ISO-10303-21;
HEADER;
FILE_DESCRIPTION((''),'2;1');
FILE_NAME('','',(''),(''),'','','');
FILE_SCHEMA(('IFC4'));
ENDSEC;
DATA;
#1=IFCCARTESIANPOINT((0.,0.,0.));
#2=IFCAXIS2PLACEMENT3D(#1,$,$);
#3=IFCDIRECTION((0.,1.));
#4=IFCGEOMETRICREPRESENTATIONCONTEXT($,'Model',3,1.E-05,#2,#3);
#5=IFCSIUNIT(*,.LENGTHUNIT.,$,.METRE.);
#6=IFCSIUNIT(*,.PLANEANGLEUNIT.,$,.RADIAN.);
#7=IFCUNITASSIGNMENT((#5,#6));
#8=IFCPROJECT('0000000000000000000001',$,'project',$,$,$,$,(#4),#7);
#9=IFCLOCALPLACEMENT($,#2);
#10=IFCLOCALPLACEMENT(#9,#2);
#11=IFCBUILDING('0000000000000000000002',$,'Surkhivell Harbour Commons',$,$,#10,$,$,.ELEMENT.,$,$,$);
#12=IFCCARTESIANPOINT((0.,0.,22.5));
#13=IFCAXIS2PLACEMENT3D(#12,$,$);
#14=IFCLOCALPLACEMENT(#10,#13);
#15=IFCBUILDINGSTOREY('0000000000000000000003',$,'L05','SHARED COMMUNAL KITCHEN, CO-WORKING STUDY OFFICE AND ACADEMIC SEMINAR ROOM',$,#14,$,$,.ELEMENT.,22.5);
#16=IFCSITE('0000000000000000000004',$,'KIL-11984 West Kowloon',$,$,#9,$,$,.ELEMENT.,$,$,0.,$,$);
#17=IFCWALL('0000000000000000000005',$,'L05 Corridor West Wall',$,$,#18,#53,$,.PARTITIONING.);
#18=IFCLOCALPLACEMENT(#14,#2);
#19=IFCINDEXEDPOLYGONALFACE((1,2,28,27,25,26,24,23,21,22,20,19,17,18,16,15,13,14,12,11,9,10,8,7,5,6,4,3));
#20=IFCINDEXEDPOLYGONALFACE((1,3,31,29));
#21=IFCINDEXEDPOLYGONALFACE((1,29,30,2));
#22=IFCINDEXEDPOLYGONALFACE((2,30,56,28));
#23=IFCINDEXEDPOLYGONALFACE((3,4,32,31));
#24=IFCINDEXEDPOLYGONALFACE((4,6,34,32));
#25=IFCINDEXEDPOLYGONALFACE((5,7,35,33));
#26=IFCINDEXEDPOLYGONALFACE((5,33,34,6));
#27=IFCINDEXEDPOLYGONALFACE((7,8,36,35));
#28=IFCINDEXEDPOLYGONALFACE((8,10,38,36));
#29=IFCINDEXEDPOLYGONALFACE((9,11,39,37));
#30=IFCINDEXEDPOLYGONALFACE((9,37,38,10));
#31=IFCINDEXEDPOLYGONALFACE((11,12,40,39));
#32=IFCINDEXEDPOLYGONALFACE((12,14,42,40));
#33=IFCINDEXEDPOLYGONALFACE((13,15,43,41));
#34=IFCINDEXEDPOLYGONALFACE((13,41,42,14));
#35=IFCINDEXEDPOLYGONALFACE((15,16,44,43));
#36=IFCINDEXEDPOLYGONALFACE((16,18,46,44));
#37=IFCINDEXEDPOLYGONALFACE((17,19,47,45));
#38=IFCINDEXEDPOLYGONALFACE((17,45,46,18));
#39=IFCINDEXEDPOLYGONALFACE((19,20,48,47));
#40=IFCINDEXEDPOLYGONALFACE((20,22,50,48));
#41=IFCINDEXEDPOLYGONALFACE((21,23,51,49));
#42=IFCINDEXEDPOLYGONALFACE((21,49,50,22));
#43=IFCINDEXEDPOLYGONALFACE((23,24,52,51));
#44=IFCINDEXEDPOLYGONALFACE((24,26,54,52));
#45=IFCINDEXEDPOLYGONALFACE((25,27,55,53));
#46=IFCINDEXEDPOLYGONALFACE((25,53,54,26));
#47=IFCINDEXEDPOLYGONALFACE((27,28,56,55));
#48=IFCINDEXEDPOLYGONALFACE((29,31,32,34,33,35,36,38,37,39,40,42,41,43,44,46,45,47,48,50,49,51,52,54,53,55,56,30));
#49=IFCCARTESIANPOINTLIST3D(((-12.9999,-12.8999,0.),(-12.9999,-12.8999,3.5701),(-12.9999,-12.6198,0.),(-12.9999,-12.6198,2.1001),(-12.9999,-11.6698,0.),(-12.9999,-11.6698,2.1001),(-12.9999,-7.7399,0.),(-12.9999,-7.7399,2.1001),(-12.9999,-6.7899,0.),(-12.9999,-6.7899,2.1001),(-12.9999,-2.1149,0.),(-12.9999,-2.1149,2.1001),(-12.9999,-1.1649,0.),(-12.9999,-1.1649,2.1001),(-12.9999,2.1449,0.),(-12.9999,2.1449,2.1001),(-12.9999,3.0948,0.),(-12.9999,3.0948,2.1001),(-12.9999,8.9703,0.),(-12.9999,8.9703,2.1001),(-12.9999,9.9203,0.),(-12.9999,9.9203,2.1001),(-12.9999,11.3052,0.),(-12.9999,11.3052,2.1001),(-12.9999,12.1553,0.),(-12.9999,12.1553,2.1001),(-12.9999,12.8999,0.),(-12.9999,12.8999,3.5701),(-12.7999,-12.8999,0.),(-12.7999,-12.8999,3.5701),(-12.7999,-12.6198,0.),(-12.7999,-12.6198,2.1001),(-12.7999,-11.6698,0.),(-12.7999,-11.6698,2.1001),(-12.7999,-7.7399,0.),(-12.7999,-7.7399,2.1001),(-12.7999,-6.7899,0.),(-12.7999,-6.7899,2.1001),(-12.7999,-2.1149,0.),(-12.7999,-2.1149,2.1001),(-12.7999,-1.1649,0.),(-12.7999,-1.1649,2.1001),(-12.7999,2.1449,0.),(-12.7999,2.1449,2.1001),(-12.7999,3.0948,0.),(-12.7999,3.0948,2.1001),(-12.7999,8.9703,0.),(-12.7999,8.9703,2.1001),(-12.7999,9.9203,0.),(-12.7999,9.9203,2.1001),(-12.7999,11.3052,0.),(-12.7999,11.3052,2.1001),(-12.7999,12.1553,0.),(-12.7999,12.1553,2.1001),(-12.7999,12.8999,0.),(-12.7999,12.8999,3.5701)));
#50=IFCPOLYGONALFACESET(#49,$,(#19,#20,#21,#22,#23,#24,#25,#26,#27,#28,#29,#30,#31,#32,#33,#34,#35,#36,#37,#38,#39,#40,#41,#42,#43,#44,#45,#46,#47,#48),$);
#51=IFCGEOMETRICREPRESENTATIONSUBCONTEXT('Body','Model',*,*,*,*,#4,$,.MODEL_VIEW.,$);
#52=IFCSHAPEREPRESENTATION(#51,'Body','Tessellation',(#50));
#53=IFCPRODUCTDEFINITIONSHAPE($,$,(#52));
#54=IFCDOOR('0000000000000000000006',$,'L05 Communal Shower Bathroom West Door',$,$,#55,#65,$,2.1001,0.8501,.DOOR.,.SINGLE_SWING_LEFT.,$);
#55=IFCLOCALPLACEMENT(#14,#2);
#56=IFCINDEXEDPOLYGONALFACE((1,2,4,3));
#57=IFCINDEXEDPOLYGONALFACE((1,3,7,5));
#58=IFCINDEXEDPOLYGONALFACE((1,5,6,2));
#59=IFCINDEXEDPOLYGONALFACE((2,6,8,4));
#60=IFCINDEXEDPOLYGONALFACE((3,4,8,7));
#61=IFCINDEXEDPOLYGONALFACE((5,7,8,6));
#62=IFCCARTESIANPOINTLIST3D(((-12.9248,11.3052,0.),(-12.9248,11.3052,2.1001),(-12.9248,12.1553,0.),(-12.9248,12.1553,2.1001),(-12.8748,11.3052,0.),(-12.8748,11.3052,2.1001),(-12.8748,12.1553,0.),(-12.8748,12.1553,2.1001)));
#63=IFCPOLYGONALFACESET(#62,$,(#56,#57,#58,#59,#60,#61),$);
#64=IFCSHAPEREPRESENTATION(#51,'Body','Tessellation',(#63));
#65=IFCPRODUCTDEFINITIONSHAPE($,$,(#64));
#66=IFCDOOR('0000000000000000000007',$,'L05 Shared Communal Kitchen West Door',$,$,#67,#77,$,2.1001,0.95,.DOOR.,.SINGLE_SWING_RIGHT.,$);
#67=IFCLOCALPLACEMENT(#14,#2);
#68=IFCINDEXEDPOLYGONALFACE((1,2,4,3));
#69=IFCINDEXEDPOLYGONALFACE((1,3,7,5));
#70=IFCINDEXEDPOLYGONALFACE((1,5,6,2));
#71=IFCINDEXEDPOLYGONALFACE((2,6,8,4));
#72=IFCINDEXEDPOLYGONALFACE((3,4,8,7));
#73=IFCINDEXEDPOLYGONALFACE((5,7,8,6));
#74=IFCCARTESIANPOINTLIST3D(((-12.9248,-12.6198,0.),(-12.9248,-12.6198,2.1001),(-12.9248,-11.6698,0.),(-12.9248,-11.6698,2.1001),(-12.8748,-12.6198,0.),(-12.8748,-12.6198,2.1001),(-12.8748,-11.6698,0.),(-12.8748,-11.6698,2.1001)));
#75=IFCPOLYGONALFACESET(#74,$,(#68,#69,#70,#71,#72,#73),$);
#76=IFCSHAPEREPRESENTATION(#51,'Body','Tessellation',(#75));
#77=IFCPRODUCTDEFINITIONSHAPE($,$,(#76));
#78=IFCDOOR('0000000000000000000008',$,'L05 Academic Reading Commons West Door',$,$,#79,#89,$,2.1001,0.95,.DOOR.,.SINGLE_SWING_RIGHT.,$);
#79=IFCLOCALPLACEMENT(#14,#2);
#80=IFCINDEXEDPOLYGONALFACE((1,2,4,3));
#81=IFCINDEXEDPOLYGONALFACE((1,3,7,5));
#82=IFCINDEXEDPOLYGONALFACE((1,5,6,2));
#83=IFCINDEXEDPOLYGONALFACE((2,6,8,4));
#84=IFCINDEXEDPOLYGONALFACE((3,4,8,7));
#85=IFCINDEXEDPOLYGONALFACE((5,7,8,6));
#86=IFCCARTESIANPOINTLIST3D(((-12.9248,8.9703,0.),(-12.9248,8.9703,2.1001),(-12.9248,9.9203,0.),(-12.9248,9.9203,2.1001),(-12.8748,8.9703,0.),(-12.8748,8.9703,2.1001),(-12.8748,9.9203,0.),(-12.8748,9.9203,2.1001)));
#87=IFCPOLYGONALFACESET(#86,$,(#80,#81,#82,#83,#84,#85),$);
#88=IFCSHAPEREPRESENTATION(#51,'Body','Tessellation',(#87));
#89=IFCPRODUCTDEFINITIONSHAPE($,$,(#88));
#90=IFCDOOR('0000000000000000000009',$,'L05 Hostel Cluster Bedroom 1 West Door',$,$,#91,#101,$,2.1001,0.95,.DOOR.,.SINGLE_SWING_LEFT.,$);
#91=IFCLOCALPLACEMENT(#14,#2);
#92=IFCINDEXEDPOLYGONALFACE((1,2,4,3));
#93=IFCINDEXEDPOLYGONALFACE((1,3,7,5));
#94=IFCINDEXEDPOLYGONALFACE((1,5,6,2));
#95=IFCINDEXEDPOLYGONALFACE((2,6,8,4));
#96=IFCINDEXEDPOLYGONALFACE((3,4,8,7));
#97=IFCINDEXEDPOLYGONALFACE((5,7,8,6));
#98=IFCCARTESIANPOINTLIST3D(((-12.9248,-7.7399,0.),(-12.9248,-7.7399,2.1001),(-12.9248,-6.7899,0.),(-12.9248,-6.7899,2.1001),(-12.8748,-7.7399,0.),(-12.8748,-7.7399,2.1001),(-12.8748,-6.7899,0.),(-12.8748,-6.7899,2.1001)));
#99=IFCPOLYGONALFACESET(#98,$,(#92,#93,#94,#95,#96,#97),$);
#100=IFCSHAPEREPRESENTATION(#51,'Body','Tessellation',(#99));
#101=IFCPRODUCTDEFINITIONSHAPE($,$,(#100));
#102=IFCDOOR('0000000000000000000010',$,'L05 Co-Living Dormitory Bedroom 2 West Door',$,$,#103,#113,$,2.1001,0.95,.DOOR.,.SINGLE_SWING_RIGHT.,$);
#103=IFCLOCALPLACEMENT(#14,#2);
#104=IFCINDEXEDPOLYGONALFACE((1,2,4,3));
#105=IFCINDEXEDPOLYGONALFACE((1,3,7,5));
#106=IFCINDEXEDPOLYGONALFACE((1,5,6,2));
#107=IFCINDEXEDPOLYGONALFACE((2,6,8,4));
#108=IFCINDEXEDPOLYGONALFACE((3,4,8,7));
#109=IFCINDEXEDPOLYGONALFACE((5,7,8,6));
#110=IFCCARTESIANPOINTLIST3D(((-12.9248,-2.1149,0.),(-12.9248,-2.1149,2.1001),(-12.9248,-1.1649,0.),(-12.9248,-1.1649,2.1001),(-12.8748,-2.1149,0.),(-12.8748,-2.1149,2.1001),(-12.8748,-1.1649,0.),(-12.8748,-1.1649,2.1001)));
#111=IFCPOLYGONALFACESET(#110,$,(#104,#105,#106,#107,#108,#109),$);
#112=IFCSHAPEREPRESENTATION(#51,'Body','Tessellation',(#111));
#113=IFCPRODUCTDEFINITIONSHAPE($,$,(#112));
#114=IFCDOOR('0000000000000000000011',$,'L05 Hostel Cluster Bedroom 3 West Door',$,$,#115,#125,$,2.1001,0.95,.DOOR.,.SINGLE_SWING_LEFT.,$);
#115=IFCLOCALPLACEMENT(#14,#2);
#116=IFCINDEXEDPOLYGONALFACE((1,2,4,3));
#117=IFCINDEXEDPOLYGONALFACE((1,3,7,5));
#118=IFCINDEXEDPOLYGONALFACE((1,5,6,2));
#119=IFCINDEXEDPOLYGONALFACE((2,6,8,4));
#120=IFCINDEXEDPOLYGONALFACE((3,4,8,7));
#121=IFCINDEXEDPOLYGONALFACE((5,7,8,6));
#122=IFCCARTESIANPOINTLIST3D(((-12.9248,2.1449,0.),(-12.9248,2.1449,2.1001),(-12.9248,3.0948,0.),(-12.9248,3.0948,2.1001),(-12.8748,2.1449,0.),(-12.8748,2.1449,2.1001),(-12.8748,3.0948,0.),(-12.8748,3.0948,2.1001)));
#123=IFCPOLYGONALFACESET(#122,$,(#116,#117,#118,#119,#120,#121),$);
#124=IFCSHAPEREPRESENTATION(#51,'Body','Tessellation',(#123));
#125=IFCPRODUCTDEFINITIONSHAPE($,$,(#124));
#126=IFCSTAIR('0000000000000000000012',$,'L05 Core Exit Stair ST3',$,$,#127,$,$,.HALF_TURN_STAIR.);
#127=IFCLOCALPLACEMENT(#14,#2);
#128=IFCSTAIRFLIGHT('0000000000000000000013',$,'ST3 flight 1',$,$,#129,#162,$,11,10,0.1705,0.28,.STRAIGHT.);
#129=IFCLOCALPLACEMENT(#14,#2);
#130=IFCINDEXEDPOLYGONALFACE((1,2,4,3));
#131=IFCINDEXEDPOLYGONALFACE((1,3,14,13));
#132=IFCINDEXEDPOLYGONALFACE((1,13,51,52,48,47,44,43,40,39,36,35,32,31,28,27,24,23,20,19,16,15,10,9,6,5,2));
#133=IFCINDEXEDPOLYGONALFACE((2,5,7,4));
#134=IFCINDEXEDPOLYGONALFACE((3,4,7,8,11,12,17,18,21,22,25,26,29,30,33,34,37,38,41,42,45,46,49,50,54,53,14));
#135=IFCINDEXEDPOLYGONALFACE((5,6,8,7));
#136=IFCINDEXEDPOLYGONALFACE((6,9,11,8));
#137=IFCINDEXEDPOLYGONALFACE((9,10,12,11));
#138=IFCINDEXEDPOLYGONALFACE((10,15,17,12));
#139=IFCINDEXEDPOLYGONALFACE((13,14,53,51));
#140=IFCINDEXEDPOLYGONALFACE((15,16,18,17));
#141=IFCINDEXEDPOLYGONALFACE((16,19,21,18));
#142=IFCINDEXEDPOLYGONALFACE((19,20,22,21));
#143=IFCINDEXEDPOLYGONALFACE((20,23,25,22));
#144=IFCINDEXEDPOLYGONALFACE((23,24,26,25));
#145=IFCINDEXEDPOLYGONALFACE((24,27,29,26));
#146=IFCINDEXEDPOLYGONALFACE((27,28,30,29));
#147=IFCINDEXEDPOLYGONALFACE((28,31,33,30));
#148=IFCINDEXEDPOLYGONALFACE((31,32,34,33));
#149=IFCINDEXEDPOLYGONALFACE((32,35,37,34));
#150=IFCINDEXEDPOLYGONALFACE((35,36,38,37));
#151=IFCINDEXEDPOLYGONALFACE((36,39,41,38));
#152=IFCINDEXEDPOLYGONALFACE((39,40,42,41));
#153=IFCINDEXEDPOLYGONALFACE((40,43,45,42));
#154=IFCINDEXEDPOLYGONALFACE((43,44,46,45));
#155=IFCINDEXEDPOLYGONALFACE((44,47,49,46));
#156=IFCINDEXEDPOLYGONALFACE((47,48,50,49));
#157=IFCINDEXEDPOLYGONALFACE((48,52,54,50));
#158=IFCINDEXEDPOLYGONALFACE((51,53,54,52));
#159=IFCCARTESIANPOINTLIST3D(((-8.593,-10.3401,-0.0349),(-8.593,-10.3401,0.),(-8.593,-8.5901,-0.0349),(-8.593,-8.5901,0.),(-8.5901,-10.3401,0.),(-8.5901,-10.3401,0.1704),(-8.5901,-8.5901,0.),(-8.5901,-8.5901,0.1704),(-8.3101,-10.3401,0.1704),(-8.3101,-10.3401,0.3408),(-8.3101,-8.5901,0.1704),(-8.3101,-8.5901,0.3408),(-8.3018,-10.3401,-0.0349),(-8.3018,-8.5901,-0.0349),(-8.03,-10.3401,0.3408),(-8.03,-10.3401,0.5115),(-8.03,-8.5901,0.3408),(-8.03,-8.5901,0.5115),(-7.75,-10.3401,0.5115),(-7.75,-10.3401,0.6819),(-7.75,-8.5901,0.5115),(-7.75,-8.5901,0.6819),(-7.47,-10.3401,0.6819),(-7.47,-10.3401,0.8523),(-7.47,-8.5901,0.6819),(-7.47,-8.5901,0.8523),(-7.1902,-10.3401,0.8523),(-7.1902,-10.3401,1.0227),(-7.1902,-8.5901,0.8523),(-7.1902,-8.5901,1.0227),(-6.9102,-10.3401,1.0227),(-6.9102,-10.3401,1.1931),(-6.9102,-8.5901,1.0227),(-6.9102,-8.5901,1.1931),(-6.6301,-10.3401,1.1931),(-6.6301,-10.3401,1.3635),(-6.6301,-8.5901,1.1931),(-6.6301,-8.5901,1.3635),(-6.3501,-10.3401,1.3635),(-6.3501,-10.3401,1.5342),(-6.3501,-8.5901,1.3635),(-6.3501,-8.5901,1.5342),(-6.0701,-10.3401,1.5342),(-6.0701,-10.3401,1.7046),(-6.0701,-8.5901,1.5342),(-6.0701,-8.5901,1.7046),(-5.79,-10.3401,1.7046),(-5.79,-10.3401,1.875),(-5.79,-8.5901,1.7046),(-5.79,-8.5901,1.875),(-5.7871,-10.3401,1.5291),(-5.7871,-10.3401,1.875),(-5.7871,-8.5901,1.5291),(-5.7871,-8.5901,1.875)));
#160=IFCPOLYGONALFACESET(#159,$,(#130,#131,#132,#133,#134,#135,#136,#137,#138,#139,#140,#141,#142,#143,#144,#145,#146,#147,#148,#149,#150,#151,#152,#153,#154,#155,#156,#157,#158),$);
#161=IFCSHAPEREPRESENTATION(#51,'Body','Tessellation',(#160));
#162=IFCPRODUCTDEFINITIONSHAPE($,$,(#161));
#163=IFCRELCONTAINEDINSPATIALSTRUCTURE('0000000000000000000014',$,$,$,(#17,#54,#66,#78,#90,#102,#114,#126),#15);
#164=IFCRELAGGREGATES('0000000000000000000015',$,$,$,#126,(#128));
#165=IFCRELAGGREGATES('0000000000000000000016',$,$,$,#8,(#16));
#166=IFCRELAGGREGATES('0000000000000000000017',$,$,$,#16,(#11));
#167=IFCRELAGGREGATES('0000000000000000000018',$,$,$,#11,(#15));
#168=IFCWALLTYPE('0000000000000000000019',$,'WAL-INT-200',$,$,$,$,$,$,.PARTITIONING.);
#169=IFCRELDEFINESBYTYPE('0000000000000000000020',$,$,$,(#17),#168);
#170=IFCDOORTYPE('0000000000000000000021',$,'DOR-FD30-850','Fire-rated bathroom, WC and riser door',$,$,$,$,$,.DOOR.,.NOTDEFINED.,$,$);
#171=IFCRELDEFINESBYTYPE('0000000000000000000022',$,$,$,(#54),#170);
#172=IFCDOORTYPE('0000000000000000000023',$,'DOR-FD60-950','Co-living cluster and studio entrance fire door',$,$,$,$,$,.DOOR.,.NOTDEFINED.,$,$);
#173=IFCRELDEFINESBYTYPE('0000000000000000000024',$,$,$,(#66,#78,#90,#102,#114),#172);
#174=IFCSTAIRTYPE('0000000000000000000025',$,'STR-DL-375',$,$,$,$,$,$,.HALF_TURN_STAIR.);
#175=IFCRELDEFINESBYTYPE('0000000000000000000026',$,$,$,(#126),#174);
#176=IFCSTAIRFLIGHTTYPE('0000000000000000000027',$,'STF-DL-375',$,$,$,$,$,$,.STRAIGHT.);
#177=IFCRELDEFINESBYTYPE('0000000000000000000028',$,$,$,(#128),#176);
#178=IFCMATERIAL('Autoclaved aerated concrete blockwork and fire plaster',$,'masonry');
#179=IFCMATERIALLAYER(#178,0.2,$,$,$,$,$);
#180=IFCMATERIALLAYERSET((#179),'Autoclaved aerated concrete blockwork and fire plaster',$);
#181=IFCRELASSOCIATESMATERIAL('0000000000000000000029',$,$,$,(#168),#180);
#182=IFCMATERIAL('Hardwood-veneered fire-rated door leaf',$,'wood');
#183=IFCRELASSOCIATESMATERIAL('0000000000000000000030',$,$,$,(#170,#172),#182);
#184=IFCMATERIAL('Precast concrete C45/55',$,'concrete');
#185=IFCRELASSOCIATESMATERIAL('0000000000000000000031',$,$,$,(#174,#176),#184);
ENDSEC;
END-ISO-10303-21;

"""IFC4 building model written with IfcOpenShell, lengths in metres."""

from ifc_helpers import new_model, si_unit, direction, frame, frame_2d, origin, place, context, subcontext, project, spatial, polyline, rectangle, outline, extrude, material, layer, layer_set, type_object, element, fill, aggregate, save


model = new_model("IFC4")

# Units and contexts
model_context = context("Model", 3, precision=1e-05, world=origin(), true_north=direction((0.0, 1.0)))
body_context = subcontext(model_context, "Body", "Model", "MODEL_VIEW")
ifc_project = project(units=[si_unit("LENGTHUNIT", "METRE"), si_unit("PLANEANGLEUNIT", "RADIAN")], contexts=[model_context])

# Site, building, storey
site_placement = place(None, origin())
site = spatial("IfcSite", under=ifc_project, at=site_placement, Name="KIL-11984 West Kowloon", CompositionType="ELEMENT", RefElevation=0.0)
building_placement = place(site_placement, origin())
building = spatial("IfcBuilding", under=site, at=building_placement, Name="Surkhivell Harbour Commons", CompositionType="ELEMENT")
storey_placement = place(building_placement, frame((0.0, 0.0, 22.5)))
storey = spatial("IfcBuildingStorey", under=building, at=storey_placement, Name="L05", Description="SHARED COMMUNAL KITCHEN, CO-WORKING STUDY OFFICE AND ACADEMIC SEMINAR ROOM", CompositionType="ELEMENT", Elevation=22.5)

# Wall, openings, doors
ifc_material_1 = material(Name="Autoclaved aerated concrete blockwork and fire plaster", Category="masonry")
ifc_layer_1 = layer(ifc_material_1, 0.2)
ifc_layer_set_1 = layer_set([ifc_layer_1], Name="Autoclaved aerated concrete blockwork and fire plaster")
wall_type_1 = type_object("IfcWallType", Name="WAL-INT-200", PredefinedType="PARTITIONING", material=ifc_layer_set_1)
ifc_material_2 = material(Name="Hardwood-veneered fire-rated door leaf", Category="wood")
door_type_1 = type_object("IfcDoorType", Name="DOR-FD30-850", Description="Fire-rated bathroom, WC and riser door", OperationType="NOTDEFINED", PredefinedType="DOOR", material=ifc_material_2)
wall_1_placement = place(storey_placement, frame((-12.8999, -12.8999, 0.0), z_axis=(0.0, 0.0, 1.0), x_axis=(0.0, 1.0, 0.0)))
wall_1 = element("IfcWall", 1, at=wall_1_placement, inside=storey, type_object=wall_type_1, Name="L05 Corridor West Wall", PredefinedType="PARTITIONING", context=body_context, shape_type="SweptSolid", body=[
    extrude(rectangle(XDim=25.7998, YDim=0.2, at=frame_2d((12.8999, 0.0))), origin(), (0.0, 0.0, 1.0), 3.5701),
])
opening_1_placement = place(wall_1_placement, frame((0.28, 0.0, 0.0)))
opening_1 = element("IfcOpeningElement", 2, at=opening_1_placement, cuts=wall_1, PredefinedType="OPENING", context=body_context, shape_type="SweptSolid", body=[
    extrude(rectangle(XDim=0.95, YDim=2.1001, at=frame_2d((0.4751, 1.05))), frame((0.0, 0.1099, 0.0), z_axis=(0.0, -1.0, 0.0), x_axis=(1.0, 0.0, 0.0)), (0.0, 0.0, 1.0), 0.22),
])
opening_2_placement = place(wall_1_placement, frame((24.2051, 0.0, 0.0)))
opening_2 = element("IfcOpeningElement", 3, at=opening_2_placement, cuts=wall_1, PredefinedType="OPENING", context=body_context, shape_type="SweptSolid", body=[
    extrude(rectangle(XDim=0.8501, YDim=2.1001, at=frame_2d((0.425, 1.05))), frame((0.0, 0.1099, 0.0), z_axis=(0.0, -1.0, 0.0), x_axis=(1.0, 0.0, 0.0)), (0.0, 0.0, 1.0), 0.22),
])
opening_3_placement = place(wall_1_placement, frame((21.8701, 0.0, 0.0)))
opening_3 = element("IfcOpeningElement", 4, at=opening_3_placement, cuts=wall_1, PredefinedType="OPENING", context=body_context, shape_type="SweptSolid", body=[
    extrude(rectangle(XDim=0.95, YDim=2.1001, at=frame_2d((0.4751, 1.05))), frame((0.0, 0.1099, 0.0), z_axis=(0.0, -1.0, 0.0), x_axis=(1.0, 0.0, 0.0)), (0.0, 0.0, 1.0), 0.22),
])
opening_4_placement = place(wall_1_placement, frame((5.1599, 0.0, 0.0)))
opening_4 = element("IfcOpeningElement", 5, at=opening_4_placement, cuts=wall_1, PredefinedType="OPENING", context=body_context, shape_type="SweptSolid", body=[
    extrude(rectangle(XDim=0.95, YDim=2.1001, at=frame_2d((0.4751, 1.05))), frame((0.0, 0.1099, 0.0), z_axis=(0.0, -1.0, 0.0), x_axis=(1.0, 0.0, 0.0)), (0.0, 0.0, 1.0), 0.22),
])
opening_5_placement = place(wall_1_placement, frame((10.7849, 0.0, 0.0)))
opening_5 = element("IfcOpeningElement", 6, at=opening_5_placement, cuts=wall_1, PredefinedType="OPENING", context=body_context, shape_type="SweptSolid", body=[
    extrude(rectangle(XDim=0.95, YDim=2.1001, at=frame_2d((0.4751, 1.05))), frame((0.0, 0.1099, 0.0), z_axis=(0.0, -1.0, 0.0), x_axis=(1.0, 0.0, 0.0)), (0.0, 0.0, 1.0), 0.22),
])
opening_6_placement = place(wall_1_placement, frame((15.0447, 0.0, 0.0)))
opening_6 = element("IfcOpeningElement", 7, at=opening_6_placement, cuts=wall_1, PredefinedType="OPENING", context=body_context, shape_type="SweptSolid", body=[
    extrude(rectangle(XDim=0.95, YDim=2.1001, at=frame_2d((0.4751, 1.05))), frame((0.0, 0.1099, 0.0), z_axis=(0.0, -1.0, 0.0), x_axis=(1.0, 0.0, 0.0)), (0.0, 0.0, 1.0), 0.22),
])
door_1_placement = place(opening_2_placement, origin())
door_1 = element("IfcDoor", 8, at=door_1_placement, inside=storey, type_object=door_type_1, Name="L05 Communal Shower Bathroom West Door", OperationType="SINGLE_SWING_LEFT", OverallHeight=2.1001, OverallWidth=0.8501, PredefinedType="DOOR", context=body_context, shape_type="SweptSolid", body=[
    extrude(rectangle(XDim=0.8501, YDim=2.1001, at=frame_2d((0.425, 1.05))), frame((0.0, 0.0249, 0.0), z_axis=(0.0, -1.0, 0.0), x_axis=(1.0, 0.0, 0.0)), (0.0, 0.0, 1.0), 0.05),
])
fill(opening_2, door_1)
door_type_2 = type_object("IfcDoorType", Name="DOR-FD60-950", Description="Co-living cluster and studio entrance fire door", OperationType="NOTDEFINED", PredefinedType="DOOR", material=ifc_material_2)
door_2_placement = place(opening_1_placement, origin())
door_2 = element("IfcDoor", 9, at=door_2_placement, inside=storey, type_object=door_type_2, Name="L05 Shared Communal Kitchen West Door", OperationType="SINGLE_SWING_RIGHT", OverallHeight=2.1001, OverallWidth=0.95, PredefinedType="DOOR", context=body_context, shape_type="SweptSolid", body=[
    extrude(rectangle(XDim=0.95, YDim=2.1001, at=frame_2d((0.4751, 1.05))), frame((0.0, 0.0249, 0.0), z_axis=(0.0, -1.0, 0.0), x_axis=(1.0, 0.0, 0.0)), (0.0, 0.0, 1.0), 0.05),
])
fill(opening_1, door_2)
door_3_placement = place(opening_3_placement, origin())
door_3 = element("IfcDoor", 10, at=door_3_placement, inside=storey, type_object=door_type_2, Name="L05 Academic Reading Commons West Door", OperationType="SINGLE_SWING_RIGHT", OverallHeight=2.1001, OverallWidth=0.95, PredefinedType="DOOR", context=body_context, shape_type="SweptSolid", body=[
    extrude(rectangle(XDim=0.95, YDim=2.1001, at=frame_2d((0.4751, 1.05))), frame((0.0, 0.0249, 0.0), z_axis=(0.0, -1.0, 0.0), x_axis=(1.0, 0.0, 0.0)), (0.0, 0.0, 1.0), 0.05),
])
fill(opening_3, door_3)
door_4_placement = place(opening_4_placement, origin())
door_4 = element("IfcDoor", 11, at=door_4_placement, inside=storey, type_object=door_type_2, Name="L05 Hostel Cluster Bedroom 1 West Door", OperationType="SINGLE_SWING_LEFT", OverallHeight=2.1001, OverallWidth=0.95, PredefinedType="DOOR", context=body_context, shape_type="SweptSolid", body=[
    extrude(rectangle(XDim=0.95, YDim=2.1001, at=frame_2d((0.4751, 1.05))), frame((0.0, 0.0249, 0.0), z_axis=(0.0, -1.0, 0.0), x_axis=(1.0, 0.0, 0.0)), (0.0, 0.0, 1.0), 0.05),
])
fill(opening_4, door_4)
door_5_placement = place(opening_5_placement, origin())
door_5 = element("IfcDoor", 12, at=door_5_placement, inside=storey, type_object=door_type_2, Name="L05 Co-Living Dormitory Bedroom 2 West Door", OperationType="SINGLE_SWING_RIGHT", OverallHeight=2.1001, OverallWidth=0.95, PredefinedType="DOOR", context=body_context, shape_type="SweptSolid", body=[
    extrude(rectangle(XDim=0.95, YDim=2.1001, at=frame_2d((0.4751, 1.05))), frame((0.0, 0.0249, 0.0), z_axis=(0.0, -1.0, 0.0), x_axis=(1.0, 0.0, 0.0)), (0.0, 0.0, 1.0), 0.05),
])
fill(opening_5, door_5)
door_6_placement = place(opening_6_placement, origin())
door_6 = element("IfcDoor", 13, at=door_6_placement, inside=storey, type_object=door_type_2, Name="L05 Hostel Cluster Bedroom 3 West Door", OperationType="SINGLE_SWING_LEFT", OverallHeight=2.1001, OverallWidth=0.95, PredefinedType="DOOR", context=body_context, shape_type="SweptSolid", body=[
    extrude(rectangle(XDim=0.95, YDim=2.1001, at=frame_2d((0.4751, 1.05))), frame((0.0, 0.0249, 0.0), z_axis=(0.0, -1.0, 0.0), x_axis=(1.0, 0.0, 0.0)), (0.0, 0.0, 1.0), 0.05),
])
fill(opening_6, door_6)

# Stair, stair flight
ifc_material_3 = material(Name="Precast concrete C45/55", Category="concrete")
stair_type = type_object("IfcStairType", Name="STR-DL-375", PredefinedType="HALF_TURN_STAIR", material=ifc_material_3)
stair_placement = place(storey_placement, origin())
stair = element("IfcStair", 14, at=stair_placement, inside=storey, type_object=stair_type, Name="L05 Core Exit Stair ST3", PredefinedType="HALF_TURN_STAIR")
stair_flight_type = type_object("IfcStairFlightType", Name="STF-DL-375", PredefinedType="STRAIGHT", material=ifc_material_3)
stair_flight_placement = place(storey_placement, frame((-8.5901, -9.4651, 0.0), z_axis=(0.0, 0.0, 1.0), x_axis=(1.0, 0.0, 0.0)))
stair_flight = element("IfcStairFlight", 15, at=stair_flight_placement, type_object=stair_flight_type, Name="ST3 flight 1", NumberOfRisers=11, NumberOfTreads=10, PredefinedType="STRAIGHT", RiserHeight=0.1705, TreadLength=0.28, context=body_context, shape_type="SweptSolid", body=[
    extrude(outline(polyline([(-0.0029, -0.0349), (-0.0029, 0.0), (0.0, 0.0), (0.0, 0.1704), (0.28, 0.1704), (0.28, 0.3408), (0.5601, 0.3408), (0.5601, 0.5115), (0.8401, 0.5115), (0.8401, 0.6819), (1.1201, 0.6819), (1.1201, 0.8523), (1.3999, 0.8523), (1.3999, 1.0227), (1.6799, 1.0227), (1.6799, 1.1931), (1.96, 1.1931), (1.96, 1.3635), (2.24, 1.3635), (2.24, 1.5342), (2.52, 1.5342), (2.52, 1.7046), (2.8, 1.7046), (2.8, 1.875), (2.803, 1.875), (2.803, 1.5291), (0.2883, -0.0349), (-0.0029, -0.0349)])), frame((0.0, 0.875, 0.0), z_axis=(0.0, -1.0, 0.0), x_axis=(1.0, 0.0, 0.0)), (0.0, 0.0, 1.0), 1.75),
])
aggregate(stair, [stair_flight])

save(model, "model.ifc")
